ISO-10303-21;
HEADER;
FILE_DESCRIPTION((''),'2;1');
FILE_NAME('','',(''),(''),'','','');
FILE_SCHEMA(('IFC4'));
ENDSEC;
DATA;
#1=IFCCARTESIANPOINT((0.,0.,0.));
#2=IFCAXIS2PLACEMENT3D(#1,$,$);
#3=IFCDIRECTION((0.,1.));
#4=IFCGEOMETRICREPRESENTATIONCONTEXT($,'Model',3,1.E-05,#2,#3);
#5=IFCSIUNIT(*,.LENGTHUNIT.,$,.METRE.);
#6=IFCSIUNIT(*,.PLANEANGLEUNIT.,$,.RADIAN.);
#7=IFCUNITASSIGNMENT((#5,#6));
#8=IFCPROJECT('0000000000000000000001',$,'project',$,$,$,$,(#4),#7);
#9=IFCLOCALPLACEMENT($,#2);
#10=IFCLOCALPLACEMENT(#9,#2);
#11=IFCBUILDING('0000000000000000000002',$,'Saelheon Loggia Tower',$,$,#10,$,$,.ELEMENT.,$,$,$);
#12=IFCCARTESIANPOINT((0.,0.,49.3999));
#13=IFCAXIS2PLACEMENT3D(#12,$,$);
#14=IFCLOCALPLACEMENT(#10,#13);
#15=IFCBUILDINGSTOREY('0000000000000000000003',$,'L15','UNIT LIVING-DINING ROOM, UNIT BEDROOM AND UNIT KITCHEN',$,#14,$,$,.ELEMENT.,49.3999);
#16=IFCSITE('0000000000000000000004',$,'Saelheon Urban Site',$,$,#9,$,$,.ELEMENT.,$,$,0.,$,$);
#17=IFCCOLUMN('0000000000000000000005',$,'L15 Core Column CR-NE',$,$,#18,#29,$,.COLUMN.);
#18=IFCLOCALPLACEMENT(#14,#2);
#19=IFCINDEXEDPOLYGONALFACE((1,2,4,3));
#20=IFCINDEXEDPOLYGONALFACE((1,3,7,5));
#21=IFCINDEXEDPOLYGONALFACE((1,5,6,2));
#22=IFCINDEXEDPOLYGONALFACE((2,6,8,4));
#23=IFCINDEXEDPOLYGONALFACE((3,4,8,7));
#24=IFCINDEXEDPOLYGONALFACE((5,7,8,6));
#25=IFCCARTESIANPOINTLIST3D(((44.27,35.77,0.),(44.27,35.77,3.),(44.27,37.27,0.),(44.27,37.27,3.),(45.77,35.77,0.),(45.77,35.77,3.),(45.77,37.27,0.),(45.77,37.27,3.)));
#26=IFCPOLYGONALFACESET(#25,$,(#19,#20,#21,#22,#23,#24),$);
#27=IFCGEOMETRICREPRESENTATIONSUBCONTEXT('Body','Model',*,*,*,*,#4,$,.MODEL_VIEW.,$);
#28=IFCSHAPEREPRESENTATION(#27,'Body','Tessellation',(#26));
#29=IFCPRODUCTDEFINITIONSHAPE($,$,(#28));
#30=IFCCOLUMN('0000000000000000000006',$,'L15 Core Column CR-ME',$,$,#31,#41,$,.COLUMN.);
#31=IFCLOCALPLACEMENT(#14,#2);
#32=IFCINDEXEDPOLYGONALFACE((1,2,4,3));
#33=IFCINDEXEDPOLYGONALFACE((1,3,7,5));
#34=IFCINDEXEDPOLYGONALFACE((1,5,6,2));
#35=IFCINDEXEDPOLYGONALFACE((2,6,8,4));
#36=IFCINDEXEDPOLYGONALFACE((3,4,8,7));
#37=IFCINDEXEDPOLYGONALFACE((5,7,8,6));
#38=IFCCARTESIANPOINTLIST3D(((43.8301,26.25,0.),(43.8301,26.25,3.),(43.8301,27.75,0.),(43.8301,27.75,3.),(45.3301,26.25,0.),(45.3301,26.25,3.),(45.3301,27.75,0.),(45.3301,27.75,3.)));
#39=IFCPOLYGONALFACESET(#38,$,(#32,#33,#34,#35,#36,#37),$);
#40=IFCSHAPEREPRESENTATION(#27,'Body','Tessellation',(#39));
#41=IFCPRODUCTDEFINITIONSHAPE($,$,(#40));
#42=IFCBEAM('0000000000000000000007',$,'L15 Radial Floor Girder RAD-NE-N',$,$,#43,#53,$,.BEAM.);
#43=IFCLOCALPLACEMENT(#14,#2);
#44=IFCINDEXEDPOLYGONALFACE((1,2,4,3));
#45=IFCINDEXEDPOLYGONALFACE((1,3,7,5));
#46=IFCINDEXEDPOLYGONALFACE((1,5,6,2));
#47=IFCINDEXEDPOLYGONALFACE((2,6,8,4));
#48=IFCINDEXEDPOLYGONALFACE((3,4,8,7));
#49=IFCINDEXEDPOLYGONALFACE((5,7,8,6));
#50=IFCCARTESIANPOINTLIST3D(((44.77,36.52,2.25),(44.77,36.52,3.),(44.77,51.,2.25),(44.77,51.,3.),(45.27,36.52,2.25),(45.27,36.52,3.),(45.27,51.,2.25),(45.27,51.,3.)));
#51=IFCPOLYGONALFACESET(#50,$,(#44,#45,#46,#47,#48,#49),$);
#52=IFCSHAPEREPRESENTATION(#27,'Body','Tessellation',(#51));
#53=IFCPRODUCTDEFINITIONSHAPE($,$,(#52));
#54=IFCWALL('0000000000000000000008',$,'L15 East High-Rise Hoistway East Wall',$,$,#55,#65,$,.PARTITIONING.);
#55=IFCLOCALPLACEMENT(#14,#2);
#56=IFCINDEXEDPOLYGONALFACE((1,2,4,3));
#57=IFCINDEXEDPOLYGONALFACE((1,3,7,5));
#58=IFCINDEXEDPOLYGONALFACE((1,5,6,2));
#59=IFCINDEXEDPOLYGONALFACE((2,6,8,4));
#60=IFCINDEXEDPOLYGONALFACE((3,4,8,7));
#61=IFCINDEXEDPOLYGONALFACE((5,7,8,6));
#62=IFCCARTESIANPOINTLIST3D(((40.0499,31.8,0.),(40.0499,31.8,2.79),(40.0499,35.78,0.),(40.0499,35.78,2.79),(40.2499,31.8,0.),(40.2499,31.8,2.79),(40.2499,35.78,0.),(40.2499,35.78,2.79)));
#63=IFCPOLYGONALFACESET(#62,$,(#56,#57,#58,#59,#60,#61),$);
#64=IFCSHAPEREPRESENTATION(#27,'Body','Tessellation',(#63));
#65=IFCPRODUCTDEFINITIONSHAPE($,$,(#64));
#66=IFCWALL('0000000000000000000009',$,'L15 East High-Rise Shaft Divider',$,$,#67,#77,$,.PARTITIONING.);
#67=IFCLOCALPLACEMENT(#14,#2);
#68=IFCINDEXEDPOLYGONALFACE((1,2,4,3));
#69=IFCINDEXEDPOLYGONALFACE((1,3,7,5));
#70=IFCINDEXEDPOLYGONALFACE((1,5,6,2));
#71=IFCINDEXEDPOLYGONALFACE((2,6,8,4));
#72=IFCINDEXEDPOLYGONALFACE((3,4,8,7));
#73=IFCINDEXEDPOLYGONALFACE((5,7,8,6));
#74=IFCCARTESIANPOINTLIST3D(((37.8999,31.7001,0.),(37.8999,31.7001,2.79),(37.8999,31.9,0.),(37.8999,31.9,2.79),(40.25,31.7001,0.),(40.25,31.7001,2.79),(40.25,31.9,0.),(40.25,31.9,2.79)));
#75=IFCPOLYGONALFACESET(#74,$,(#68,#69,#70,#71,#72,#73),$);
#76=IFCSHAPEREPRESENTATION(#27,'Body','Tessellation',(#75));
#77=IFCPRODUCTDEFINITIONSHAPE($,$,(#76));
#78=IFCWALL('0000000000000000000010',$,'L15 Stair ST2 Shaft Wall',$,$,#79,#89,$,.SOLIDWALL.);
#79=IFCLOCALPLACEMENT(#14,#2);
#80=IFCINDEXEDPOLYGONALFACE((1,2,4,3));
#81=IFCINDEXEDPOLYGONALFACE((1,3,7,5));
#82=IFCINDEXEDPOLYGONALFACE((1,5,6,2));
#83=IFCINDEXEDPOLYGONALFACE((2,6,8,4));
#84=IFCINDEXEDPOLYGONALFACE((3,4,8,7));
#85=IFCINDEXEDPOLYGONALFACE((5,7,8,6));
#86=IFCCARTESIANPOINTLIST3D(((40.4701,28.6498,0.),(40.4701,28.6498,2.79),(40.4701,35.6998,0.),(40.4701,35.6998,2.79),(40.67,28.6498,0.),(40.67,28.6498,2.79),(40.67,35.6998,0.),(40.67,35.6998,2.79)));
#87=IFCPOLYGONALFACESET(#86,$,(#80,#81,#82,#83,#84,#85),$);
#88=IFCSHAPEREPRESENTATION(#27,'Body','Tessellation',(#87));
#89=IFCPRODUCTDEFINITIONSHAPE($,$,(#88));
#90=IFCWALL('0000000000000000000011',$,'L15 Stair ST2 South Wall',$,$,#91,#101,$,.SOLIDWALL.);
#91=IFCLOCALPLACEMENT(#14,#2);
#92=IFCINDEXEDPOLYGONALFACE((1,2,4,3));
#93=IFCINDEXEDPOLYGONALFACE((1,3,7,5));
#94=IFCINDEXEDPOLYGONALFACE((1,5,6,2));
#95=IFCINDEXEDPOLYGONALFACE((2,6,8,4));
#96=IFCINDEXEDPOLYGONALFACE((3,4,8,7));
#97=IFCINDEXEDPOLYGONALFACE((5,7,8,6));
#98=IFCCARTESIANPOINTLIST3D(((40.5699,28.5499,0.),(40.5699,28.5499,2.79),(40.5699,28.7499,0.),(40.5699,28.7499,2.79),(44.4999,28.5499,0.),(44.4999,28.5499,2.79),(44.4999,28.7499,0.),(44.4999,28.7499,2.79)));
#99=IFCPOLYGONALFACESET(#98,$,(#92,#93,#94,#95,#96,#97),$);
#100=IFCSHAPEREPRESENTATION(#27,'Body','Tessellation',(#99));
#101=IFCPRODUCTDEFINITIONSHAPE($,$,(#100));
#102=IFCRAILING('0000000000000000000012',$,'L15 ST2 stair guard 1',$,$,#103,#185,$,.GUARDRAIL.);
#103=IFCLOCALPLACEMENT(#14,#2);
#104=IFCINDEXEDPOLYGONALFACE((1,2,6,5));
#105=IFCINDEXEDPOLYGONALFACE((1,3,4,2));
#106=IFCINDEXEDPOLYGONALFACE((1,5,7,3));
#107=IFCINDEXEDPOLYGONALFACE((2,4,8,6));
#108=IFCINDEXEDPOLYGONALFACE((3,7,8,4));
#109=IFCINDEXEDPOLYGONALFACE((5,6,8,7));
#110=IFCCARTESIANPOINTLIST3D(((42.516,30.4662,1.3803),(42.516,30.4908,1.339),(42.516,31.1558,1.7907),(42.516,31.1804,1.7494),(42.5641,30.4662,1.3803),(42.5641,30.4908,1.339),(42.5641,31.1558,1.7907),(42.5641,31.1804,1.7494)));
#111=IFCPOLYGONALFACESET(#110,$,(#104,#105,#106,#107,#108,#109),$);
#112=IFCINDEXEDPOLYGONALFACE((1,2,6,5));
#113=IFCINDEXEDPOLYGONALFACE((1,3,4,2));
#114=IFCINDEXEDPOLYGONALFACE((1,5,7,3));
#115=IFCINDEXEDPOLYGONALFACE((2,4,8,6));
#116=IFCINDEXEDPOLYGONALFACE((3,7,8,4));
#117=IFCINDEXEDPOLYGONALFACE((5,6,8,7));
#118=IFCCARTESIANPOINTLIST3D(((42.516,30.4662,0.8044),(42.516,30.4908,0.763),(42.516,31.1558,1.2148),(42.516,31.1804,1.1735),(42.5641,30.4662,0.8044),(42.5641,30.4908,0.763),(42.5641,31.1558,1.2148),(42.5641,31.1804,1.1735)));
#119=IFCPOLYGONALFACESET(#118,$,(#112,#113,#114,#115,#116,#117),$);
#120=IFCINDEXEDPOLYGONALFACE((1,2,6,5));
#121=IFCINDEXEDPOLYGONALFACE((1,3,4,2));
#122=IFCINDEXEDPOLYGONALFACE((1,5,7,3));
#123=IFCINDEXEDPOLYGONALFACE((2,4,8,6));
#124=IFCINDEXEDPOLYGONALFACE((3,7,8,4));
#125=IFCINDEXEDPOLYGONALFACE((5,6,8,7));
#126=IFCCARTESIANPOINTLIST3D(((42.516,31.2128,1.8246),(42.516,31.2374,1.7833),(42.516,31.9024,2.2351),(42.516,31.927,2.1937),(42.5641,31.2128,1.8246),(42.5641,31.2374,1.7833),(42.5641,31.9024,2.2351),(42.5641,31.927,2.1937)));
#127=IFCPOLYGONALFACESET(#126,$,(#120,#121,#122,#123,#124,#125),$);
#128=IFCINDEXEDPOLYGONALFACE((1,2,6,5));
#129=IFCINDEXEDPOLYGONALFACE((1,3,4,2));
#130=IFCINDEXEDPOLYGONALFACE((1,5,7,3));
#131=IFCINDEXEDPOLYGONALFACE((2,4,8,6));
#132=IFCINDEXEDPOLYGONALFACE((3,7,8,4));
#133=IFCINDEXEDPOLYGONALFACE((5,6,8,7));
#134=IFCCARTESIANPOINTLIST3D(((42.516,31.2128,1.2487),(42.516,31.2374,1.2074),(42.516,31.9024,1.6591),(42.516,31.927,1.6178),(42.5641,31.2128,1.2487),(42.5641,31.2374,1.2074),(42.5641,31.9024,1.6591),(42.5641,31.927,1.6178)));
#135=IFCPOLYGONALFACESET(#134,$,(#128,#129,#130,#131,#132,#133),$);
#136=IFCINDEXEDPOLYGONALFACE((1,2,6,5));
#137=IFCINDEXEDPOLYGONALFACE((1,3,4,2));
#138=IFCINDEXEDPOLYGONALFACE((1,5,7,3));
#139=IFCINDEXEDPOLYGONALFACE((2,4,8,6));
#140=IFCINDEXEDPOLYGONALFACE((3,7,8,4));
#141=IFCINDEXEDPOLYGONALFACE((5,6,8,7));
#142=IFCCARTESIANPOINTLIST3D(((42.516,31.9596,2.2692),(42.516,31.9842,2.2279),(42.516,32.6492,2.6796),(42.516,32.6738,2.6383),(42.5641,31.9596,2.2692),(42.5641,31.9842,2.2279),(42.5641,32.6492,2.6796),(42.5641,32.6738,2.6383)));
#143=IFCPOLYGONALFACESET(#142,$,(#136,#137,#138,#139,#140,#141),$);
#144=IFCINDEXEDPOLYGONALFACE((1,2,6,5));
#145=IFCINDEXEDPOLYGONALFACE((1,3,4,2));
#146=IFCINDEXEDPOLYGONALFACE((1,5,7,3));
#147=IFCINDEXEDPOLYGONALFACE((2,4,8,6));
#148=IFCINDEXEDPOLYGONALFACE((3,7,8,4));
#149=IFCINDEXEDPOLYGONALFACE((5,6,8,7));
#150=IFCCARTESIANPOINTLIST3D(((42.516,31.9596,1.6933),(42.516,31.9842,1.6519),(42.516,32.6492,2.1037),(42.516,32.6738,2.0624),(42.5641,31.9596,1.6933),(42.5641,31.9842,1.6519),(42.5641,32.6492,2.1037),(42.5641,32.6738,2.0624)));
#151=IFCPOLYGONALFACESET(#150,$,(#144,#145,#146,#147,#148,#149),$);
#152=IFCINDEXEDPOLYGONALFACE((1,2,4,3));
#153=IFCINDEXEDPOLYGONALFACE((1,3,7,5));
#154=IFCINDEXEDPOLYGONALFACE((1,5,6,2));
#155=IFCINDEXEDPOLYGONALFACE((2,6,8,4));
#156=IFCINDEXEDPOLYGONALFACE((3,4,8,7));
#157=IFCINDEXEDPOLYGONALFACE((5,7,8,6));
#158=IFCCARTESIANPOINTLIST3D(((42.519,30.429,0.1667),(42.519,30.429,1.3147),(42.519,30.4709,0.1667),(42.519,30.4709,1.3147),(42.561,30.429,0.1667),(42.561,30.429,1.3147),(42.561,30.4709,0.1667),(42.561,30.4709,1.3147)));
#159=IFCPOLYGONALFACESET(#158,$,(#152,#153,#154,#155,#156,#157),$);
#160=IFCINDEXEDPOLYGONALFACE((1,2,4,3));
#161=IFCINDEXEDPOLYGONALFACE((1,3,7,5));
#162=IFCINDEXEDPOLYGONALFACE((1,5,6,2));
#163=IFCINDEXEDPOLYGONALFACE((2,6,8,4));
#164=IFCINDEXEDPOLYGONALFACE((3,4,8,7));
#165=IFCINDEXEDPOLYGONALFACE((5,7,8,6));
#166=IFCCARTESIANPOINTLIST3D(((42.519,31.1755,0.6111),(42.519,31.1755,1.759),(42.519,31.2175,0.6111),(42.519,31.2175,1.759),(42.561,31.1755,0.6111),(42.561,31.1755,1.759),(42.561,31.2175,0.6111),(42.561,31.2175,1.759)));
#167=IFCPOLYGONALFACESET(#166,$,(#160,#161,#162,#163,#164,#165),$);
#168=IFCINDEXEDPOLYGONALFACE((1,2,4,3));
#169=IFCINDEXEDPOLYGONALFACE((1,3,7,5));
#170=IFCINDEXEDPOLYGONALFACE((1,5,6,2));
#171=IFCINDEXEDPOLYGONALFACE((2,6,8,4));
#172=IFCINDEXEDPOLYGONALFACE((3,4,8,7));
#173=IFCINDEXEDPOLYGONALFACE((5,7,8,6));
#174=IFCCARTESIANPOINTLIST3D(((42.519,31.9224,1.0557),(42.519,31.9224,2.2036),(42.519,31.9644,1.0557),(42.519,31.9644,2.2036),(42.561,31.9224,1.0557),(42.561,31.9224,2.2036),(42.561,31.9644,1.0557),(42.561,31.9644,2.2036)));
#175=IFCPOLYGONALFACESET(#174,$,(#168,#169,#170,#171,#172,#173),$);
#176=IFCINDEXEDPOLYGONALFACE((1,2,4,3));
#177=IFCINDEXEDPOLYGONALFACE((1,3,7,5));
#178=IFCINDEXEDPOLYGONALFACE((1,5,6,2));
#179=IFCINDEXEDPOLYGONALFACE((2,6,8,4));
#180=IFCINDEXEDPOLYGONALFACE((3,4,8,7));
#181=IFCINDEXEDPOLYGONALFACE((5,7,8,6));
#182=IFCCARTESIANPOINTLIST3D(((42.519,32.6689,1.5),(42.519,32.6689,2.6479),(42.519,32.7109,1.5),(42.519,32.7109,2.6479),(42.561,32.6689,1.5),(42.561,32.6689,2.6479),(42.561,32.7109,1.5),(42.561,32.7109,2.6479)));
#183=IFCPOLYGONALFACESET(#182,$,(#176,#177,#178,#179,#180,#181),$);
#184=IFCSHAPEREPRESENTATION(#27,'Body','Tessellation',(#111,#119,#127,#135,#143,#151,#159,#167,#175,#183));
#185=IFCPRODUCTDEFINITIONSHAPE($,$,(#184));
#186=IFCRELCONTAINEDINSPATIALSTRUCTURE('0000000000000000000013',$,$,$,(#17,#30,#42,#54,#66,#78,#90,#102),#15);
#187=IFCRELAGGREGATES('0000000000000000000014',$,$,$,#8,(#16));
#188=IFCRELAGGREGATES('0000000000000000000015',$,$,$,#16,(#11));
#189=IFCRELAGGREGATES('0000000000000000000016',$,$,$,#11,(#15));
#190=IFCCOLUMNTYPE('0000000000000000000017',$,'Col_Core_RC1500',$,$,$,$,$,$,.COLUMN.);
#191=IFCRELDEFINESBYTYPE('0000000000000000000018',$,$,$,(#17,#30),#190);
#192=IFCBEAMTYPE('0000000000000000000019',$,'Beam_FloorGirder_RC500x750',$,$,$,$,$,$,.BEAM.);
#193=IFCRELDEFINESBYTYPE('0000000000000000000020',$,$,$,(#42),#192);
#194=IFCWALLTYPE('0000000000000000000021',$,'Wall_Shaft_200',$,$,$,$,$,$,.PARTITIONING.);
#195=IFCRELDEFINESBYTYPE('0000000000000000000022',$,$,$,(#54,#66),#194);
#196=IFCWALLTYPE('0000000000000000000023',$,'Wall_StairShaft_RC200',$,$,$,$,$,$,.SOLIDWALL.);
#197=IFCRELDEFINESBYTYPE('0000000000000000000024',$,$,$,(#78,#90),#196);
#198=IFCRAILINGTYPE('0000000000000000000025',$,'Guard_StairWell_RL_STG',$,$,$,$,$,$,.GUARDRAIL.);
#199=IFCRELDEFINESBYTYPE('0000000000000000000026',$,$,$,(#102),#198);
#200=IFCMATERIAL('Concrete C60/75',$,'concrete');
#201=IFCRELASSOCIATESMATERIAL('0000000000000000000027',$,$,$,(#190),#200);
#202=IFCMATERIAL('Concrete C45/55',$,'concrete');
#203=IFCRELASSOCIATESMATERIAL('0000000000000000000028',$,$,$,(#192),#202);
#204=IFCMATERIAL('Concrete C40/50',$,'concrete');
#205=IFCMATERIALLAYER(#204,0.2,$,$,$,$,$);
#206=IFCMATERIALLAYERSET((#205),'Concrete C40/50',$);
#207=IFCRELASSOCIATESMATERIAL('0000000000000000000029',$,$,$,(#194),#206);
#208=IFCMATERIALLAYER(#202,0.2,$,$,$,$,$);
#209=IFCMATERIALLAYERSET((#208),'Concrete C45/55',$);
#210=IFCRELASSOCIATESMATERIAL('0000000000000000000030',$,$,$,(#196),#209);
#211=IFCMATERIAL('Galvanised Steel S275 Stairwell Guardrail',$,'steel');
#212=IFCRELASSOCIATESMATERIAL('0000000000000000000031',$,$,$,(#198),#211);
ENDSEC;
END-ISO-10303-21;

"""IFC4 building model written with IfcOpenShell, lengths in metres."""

from ifc_helpers import new_model, si_unit, direction, frame, frame_2d, origin, origin_2d, place, context, subcontext, project, spatial, rectangle, extrude, source, transform, mapped, material, layer, layer_set, material_profile, profile_set, type_object, element, save


model = new_model("IFC4")

# Units and contexts
model_context = context("Model", 3, precision=1e-05, world=origin(), true_north=direction((0.0, 1.0)))
body_context = subcontext(model_context, "Body", "Model", "MODEL_VIEW")
ifc_project = project(units=[si_unit("LENGTHUNIT", "METRE"), si_unit("PLANEANGLEUNIT", "RADIAN")], contexts=[model_context])

# Site, building, storey
site_placement = place(None, origin())
site = spatial("IfcSite", under=ifc_project, at=site_placement, Name="Saelheon Urban Site", CompositionType="ELEMENT", RefElevation=0.0)
building_placement = place(site_placement, origin())
building = spatial("IfcBuilding", under=site, at=building_placement, Name="Saelheon Loggia Tower", CompositionType="ELEMENT")
storey_placement = place(building_placement, frame((0.0, 0.0, 49.3999)))
storey = spatial("IfcBuildingStorey", under=building, at=storey_placement, Name="L15", Description="UNIT LIVING-DINING ROOM, UNIT BEDROOM AND UNIT KITCHEN", CompositionType="ELEMENT", Elevation=49.3999)

# Columns
ifc_material_1 = material(Name="Concrete C60/75", Category="concrete")
ifc_material_profile_1 = material_profile(ifc_material_1, rectangle(XDim=1.5, YDim=1.5, at=origin_2d()), Name="RC-1500x1500")
ifc_profile_set_1 = profile_set([ifc_material_profile_1], Name="Concrete C60/75")
column_type = type_object("IfcColumnType", Name="Col_Core_RC1500", PredefinedType="COLUMN", material=ifc_profile_set_1)
shared_shape_1 = source(origin(), body_context, "Body", "SweptSolid", [
    extrude(rectangle(XDim=1.5, YDim=1.5, at=origin_2d()), origin(), (0.0, 0.0, 1.0), 3.0),
])
for number, where, z_axis, x_axis, name in (
    (1, (45.02, 36.52, 0.0), (0.0, 0.0, 1.0), (1.0, 0.0, 0.0), "L15 Core Column CR-NE"),
    (2, (44.5801, 27.0, 0.0), (0.0, 0.0, 1.0), (1.0, 0.0, 0.0), "L15 Core Column CR-ME"),
):
    element("IfcColumn", number, at=place(storey_placement, frame(where, z_axis=z_axis, x_axis=x_axis)), inside=storey, type_object=column_type, Name=name, PredefinedType="COLUMN", context=body_context, shape_type="MappedRepresentation", body=[
        mapped(shared_shape_1, transform((0.0, 0.0, 0.0), scale=1.0)),
    ])

# Beam
ifc_material_2 = material(Name="Concrete C45/55", Category="concrete")
ifc_material_profile_2 = material_profile(ifc_material_2, rectangle(XDim=0.5, YDim=0.75, at=origin_2d()), Name="RC-500x750")
ifc_profile_set_2 = profile_set([ifc_material_profile_2], Name="Concrete C45/55")
beam_type = type_object("IfcBeamType", Name="Beam_FloorGirder_RC500x750", PredefinedType="BEAM", material=ifc_profile_set_2)
shared_shape_2 = source(origin(), body_context, "Body", "SweptSolid", [
    extrude(rectangle(XDim=0.5, YDim=0.75, at=origin_2d()), origin(), (0.0, 0.0, 1.0), 14.48),
])
beam_placement = place(storey_placement, frame((45.02, 36.52, 2.625), z_axis=(0.0, 1.0, 0.0), x_axis=(-1.0, 0.0, 0.0)))
element("IfcBeam", 3, at=beam_placement, inside=storey, type_object=beam_type, Name="L15 Radial Floor Girder RAD-NE-N", PredefinedType="BEAM", context=body_context, shape_type="MappedRepresentation", body=[
    mapped(shared_shape_2, transform((0.0, 0.0, 0.0), scale=1.0)),
])

# Walls
ifc_material_3 = material(Name="Concrete C40/50", Category="concrete")
ifc_layer_1 = layer(ifc_material_3, 0.2)
ifc_layer_set_1 = layer_set([ifc_layer_1], Name="Concrete C40/50")
wall_type_1 = type_object("IfcWallType", Name="Wall_Shaft_200", PredefinedType="PARTITIONING", material=ifc_layer_set_1)
wall_1_placement = place(storey_placement, frame((40.1499, 31.8, 0.0), z_axis=(0.0, 0.0, 1.0), x_axis=(0.0, 1.0, 0.0)))
element("IfcWall", 4, at=wall_1_placement, inside=storey, type_object=wall_type_1, Name="L15 East High-Rise Hoistway East Wall", PredefinedType="PARTITIONING", context=body_context, shape_type="SweptSolid", body=[
    extrude(rectangle(XDim=3.98, YDim=0.2, at=frame_2d((1.99, 0.0))), origin(), (0.0, 0.0, 1.0), 2.79),
])
wall_2_placement = place(storey_placement, frame((37.8999, 31.8, 0.0), z_axis=(0.0, 0.0, 1.0), x_axis=(1.0, 0.0, 0.0)))
element("IfcWall", 5, at=wall_2_placement, inside=storey, type_object=wall_type_1, Name="L15 East High-Rise Shaft Divider", PredefinedType="PARTITIONING", context=body_context, shape_type="SweptSolid", body=[
    extrude(rectangle(XDim=2.3501, YDim=0.2, at=frame_2d((1.175, 0.0))), origin(), (0.0, 0.0, 1.0), 2.79),
])
ifc_layer_2 = layer(ifc_material_2, 0.2)
ifc_layer_set_2 = layer_set([ifc_layer_2], Name="Concrete C45/55")
wall_type_2 = type_object("IfcWallType", Name="Wall_StairShaft_RC200", PredefinedType="SOLIDWALL", material=ifc_layer_set_2)
wall_3_placement = place(storey_placement, frame((40.5701, 28.6499, 0.0), z_axis=(0.0, 0.0, 1.0), x_axis=(0.0, 1.0, 0.0)))
element("IfcWall", 6, at=wall_3_placement, inside=storey, type_object=wall_type_2, Name="L15 Stair ST2 Shaft Wall", PredefinedType="SOLIDWALL", context=body_context, shape_type="SweptSolid", body=[
    extrude(rectangle(XDim=7.05, YDim=0.2, at=frame_2d((3.5249, 0.0))), origin(), (0.0, 0.0, 1.0), 2.79),
])
wall_4_placement = place(storey_placement, frame((40.5701, 28.6499, 0.0), z_axis=(0.0, 0.0, 1.0), x_axis=(1.0, 0.0, 0.0)))
element("IfcWall", 7, at=wall_4_placement, inside=storey, type_object=wall_type_2, Name="L15 Stair ST2 South Wall", PredefinedType="SOLIDWALL", context=body_context, shape_type="SweptSolid", body=[
    extrude(rectangle(XDim=3.9299, YDim=0.2, at=frame_2d((1.9648, 0.0))), origin(), (0.0, 0.0, 1.0), 2.79),
])

# Railing
ifc_material_4 = material(Name="Galvanised Steel S275 Stairwell Guardrail", Category="steel")
railing_type_1 = type_object("IfcRailingType", Name="Guard_StairWell_RL_STG", PredefinedType="GUARDRAIL", material=ifc_material_4)
railing_1_placement = place(storey_placement, frame((42.54, 30.45, 0.1667)))
element("IfcRailing", 8, at=railing_1_placement, inside=storey, type_object=railing_type_1, Name="L15 ST2 stair guard 1", PredefinedType="GUARDRAIL", context=body_context, shape_type="SweptSolid", body=[
    extrude(rectangle(XDim=0.0481, YDim=0.0481, at=origin_2d()), frame((0.0, 0.0286, 1.1929), z_axis=(0.0, 0.859306, 0.511462), x_axis=(-1.0, 0.0, 0.0)), (0.0, 0.0, 1.0), 0.8025),
    extrude(rectangle(XDim=0.0481, YDim=0.0481, at=origin_2d()), frame((0.0, 0.0286, 0.6169), z_axis=(0.0, 0.859306, 0.511462), x_axis=(-1.0, 0.0, 0.0)), (0.0, 0.0, 1.0), 0.8025),
    extrude(rectangle(XDim=0.0481, YDim=0.0481, at=origin_2d()), frame((0.0, 0.7751, 1.6372), z_axis=(0.0, 0.859306, 0.511462), x_axis=(-1.0, 0.0, 0.0)), (0.0, 0.0, 1.0), 0.8025),
    extrude(rectangle(XDim=0.0481, YDim=0.0481, at=origin_2d()), frame((0.0, 0.7751, 1.0613), z_axis=(0.0, 0.859306, 0.511462), x_axis=(-1.0, 0.0, 0.0)), (0.0, 0.0, 1.0), 0.8025),
    extrude(rectangle(XDim=0.0481, YDim=0.0481, at=origin_2d()), frame((0.0, 1.522, 2.0818), z_axis=(0.0, 0.859306, 0.511462), x_axis=(-1.0, 0.0, 0.0)), (0.0, 0.0, 1.0), 0.8025),
    extrude(rectangle(XDim=0.0481, YDim=0.0481, at=origin_2d()), frame((0.0, 1.522, 1.5059), z_axis=(0.0, 0.859306, 0.511462), x_axis=(-1.0, 0.0, 0.0)), (0.0, 0.0, 1.0), 0.8025),
    extrude(rectangle(XDim=0.042, YDim=0.042, at=origin_2d()), origin(), (0.0, 0.0, 1.0), 1.1479),
    extrude(rectangle(XDim=0.042, YDim=0.042, at=origin_2d()), frame((0.0, 0.7466, 0.4443)), (0.0, 0.0, 1.0), 1.1479),
    extrude(rectangle(XDim=0.042, YDim=0.042, at=origin_2d()), frame((0.0, 1.4934, 0.8889)), (0.0, 0.0, 1.0), 1.1479),
    extrude(rectangle(XDim=0.042, YDim=0.042, at=origin_2d()), frame((0.0, 2.24, 1.3333)), (0.0, 0.0, 1.0), 1.1479),
])

save(model, "model.ifc")
